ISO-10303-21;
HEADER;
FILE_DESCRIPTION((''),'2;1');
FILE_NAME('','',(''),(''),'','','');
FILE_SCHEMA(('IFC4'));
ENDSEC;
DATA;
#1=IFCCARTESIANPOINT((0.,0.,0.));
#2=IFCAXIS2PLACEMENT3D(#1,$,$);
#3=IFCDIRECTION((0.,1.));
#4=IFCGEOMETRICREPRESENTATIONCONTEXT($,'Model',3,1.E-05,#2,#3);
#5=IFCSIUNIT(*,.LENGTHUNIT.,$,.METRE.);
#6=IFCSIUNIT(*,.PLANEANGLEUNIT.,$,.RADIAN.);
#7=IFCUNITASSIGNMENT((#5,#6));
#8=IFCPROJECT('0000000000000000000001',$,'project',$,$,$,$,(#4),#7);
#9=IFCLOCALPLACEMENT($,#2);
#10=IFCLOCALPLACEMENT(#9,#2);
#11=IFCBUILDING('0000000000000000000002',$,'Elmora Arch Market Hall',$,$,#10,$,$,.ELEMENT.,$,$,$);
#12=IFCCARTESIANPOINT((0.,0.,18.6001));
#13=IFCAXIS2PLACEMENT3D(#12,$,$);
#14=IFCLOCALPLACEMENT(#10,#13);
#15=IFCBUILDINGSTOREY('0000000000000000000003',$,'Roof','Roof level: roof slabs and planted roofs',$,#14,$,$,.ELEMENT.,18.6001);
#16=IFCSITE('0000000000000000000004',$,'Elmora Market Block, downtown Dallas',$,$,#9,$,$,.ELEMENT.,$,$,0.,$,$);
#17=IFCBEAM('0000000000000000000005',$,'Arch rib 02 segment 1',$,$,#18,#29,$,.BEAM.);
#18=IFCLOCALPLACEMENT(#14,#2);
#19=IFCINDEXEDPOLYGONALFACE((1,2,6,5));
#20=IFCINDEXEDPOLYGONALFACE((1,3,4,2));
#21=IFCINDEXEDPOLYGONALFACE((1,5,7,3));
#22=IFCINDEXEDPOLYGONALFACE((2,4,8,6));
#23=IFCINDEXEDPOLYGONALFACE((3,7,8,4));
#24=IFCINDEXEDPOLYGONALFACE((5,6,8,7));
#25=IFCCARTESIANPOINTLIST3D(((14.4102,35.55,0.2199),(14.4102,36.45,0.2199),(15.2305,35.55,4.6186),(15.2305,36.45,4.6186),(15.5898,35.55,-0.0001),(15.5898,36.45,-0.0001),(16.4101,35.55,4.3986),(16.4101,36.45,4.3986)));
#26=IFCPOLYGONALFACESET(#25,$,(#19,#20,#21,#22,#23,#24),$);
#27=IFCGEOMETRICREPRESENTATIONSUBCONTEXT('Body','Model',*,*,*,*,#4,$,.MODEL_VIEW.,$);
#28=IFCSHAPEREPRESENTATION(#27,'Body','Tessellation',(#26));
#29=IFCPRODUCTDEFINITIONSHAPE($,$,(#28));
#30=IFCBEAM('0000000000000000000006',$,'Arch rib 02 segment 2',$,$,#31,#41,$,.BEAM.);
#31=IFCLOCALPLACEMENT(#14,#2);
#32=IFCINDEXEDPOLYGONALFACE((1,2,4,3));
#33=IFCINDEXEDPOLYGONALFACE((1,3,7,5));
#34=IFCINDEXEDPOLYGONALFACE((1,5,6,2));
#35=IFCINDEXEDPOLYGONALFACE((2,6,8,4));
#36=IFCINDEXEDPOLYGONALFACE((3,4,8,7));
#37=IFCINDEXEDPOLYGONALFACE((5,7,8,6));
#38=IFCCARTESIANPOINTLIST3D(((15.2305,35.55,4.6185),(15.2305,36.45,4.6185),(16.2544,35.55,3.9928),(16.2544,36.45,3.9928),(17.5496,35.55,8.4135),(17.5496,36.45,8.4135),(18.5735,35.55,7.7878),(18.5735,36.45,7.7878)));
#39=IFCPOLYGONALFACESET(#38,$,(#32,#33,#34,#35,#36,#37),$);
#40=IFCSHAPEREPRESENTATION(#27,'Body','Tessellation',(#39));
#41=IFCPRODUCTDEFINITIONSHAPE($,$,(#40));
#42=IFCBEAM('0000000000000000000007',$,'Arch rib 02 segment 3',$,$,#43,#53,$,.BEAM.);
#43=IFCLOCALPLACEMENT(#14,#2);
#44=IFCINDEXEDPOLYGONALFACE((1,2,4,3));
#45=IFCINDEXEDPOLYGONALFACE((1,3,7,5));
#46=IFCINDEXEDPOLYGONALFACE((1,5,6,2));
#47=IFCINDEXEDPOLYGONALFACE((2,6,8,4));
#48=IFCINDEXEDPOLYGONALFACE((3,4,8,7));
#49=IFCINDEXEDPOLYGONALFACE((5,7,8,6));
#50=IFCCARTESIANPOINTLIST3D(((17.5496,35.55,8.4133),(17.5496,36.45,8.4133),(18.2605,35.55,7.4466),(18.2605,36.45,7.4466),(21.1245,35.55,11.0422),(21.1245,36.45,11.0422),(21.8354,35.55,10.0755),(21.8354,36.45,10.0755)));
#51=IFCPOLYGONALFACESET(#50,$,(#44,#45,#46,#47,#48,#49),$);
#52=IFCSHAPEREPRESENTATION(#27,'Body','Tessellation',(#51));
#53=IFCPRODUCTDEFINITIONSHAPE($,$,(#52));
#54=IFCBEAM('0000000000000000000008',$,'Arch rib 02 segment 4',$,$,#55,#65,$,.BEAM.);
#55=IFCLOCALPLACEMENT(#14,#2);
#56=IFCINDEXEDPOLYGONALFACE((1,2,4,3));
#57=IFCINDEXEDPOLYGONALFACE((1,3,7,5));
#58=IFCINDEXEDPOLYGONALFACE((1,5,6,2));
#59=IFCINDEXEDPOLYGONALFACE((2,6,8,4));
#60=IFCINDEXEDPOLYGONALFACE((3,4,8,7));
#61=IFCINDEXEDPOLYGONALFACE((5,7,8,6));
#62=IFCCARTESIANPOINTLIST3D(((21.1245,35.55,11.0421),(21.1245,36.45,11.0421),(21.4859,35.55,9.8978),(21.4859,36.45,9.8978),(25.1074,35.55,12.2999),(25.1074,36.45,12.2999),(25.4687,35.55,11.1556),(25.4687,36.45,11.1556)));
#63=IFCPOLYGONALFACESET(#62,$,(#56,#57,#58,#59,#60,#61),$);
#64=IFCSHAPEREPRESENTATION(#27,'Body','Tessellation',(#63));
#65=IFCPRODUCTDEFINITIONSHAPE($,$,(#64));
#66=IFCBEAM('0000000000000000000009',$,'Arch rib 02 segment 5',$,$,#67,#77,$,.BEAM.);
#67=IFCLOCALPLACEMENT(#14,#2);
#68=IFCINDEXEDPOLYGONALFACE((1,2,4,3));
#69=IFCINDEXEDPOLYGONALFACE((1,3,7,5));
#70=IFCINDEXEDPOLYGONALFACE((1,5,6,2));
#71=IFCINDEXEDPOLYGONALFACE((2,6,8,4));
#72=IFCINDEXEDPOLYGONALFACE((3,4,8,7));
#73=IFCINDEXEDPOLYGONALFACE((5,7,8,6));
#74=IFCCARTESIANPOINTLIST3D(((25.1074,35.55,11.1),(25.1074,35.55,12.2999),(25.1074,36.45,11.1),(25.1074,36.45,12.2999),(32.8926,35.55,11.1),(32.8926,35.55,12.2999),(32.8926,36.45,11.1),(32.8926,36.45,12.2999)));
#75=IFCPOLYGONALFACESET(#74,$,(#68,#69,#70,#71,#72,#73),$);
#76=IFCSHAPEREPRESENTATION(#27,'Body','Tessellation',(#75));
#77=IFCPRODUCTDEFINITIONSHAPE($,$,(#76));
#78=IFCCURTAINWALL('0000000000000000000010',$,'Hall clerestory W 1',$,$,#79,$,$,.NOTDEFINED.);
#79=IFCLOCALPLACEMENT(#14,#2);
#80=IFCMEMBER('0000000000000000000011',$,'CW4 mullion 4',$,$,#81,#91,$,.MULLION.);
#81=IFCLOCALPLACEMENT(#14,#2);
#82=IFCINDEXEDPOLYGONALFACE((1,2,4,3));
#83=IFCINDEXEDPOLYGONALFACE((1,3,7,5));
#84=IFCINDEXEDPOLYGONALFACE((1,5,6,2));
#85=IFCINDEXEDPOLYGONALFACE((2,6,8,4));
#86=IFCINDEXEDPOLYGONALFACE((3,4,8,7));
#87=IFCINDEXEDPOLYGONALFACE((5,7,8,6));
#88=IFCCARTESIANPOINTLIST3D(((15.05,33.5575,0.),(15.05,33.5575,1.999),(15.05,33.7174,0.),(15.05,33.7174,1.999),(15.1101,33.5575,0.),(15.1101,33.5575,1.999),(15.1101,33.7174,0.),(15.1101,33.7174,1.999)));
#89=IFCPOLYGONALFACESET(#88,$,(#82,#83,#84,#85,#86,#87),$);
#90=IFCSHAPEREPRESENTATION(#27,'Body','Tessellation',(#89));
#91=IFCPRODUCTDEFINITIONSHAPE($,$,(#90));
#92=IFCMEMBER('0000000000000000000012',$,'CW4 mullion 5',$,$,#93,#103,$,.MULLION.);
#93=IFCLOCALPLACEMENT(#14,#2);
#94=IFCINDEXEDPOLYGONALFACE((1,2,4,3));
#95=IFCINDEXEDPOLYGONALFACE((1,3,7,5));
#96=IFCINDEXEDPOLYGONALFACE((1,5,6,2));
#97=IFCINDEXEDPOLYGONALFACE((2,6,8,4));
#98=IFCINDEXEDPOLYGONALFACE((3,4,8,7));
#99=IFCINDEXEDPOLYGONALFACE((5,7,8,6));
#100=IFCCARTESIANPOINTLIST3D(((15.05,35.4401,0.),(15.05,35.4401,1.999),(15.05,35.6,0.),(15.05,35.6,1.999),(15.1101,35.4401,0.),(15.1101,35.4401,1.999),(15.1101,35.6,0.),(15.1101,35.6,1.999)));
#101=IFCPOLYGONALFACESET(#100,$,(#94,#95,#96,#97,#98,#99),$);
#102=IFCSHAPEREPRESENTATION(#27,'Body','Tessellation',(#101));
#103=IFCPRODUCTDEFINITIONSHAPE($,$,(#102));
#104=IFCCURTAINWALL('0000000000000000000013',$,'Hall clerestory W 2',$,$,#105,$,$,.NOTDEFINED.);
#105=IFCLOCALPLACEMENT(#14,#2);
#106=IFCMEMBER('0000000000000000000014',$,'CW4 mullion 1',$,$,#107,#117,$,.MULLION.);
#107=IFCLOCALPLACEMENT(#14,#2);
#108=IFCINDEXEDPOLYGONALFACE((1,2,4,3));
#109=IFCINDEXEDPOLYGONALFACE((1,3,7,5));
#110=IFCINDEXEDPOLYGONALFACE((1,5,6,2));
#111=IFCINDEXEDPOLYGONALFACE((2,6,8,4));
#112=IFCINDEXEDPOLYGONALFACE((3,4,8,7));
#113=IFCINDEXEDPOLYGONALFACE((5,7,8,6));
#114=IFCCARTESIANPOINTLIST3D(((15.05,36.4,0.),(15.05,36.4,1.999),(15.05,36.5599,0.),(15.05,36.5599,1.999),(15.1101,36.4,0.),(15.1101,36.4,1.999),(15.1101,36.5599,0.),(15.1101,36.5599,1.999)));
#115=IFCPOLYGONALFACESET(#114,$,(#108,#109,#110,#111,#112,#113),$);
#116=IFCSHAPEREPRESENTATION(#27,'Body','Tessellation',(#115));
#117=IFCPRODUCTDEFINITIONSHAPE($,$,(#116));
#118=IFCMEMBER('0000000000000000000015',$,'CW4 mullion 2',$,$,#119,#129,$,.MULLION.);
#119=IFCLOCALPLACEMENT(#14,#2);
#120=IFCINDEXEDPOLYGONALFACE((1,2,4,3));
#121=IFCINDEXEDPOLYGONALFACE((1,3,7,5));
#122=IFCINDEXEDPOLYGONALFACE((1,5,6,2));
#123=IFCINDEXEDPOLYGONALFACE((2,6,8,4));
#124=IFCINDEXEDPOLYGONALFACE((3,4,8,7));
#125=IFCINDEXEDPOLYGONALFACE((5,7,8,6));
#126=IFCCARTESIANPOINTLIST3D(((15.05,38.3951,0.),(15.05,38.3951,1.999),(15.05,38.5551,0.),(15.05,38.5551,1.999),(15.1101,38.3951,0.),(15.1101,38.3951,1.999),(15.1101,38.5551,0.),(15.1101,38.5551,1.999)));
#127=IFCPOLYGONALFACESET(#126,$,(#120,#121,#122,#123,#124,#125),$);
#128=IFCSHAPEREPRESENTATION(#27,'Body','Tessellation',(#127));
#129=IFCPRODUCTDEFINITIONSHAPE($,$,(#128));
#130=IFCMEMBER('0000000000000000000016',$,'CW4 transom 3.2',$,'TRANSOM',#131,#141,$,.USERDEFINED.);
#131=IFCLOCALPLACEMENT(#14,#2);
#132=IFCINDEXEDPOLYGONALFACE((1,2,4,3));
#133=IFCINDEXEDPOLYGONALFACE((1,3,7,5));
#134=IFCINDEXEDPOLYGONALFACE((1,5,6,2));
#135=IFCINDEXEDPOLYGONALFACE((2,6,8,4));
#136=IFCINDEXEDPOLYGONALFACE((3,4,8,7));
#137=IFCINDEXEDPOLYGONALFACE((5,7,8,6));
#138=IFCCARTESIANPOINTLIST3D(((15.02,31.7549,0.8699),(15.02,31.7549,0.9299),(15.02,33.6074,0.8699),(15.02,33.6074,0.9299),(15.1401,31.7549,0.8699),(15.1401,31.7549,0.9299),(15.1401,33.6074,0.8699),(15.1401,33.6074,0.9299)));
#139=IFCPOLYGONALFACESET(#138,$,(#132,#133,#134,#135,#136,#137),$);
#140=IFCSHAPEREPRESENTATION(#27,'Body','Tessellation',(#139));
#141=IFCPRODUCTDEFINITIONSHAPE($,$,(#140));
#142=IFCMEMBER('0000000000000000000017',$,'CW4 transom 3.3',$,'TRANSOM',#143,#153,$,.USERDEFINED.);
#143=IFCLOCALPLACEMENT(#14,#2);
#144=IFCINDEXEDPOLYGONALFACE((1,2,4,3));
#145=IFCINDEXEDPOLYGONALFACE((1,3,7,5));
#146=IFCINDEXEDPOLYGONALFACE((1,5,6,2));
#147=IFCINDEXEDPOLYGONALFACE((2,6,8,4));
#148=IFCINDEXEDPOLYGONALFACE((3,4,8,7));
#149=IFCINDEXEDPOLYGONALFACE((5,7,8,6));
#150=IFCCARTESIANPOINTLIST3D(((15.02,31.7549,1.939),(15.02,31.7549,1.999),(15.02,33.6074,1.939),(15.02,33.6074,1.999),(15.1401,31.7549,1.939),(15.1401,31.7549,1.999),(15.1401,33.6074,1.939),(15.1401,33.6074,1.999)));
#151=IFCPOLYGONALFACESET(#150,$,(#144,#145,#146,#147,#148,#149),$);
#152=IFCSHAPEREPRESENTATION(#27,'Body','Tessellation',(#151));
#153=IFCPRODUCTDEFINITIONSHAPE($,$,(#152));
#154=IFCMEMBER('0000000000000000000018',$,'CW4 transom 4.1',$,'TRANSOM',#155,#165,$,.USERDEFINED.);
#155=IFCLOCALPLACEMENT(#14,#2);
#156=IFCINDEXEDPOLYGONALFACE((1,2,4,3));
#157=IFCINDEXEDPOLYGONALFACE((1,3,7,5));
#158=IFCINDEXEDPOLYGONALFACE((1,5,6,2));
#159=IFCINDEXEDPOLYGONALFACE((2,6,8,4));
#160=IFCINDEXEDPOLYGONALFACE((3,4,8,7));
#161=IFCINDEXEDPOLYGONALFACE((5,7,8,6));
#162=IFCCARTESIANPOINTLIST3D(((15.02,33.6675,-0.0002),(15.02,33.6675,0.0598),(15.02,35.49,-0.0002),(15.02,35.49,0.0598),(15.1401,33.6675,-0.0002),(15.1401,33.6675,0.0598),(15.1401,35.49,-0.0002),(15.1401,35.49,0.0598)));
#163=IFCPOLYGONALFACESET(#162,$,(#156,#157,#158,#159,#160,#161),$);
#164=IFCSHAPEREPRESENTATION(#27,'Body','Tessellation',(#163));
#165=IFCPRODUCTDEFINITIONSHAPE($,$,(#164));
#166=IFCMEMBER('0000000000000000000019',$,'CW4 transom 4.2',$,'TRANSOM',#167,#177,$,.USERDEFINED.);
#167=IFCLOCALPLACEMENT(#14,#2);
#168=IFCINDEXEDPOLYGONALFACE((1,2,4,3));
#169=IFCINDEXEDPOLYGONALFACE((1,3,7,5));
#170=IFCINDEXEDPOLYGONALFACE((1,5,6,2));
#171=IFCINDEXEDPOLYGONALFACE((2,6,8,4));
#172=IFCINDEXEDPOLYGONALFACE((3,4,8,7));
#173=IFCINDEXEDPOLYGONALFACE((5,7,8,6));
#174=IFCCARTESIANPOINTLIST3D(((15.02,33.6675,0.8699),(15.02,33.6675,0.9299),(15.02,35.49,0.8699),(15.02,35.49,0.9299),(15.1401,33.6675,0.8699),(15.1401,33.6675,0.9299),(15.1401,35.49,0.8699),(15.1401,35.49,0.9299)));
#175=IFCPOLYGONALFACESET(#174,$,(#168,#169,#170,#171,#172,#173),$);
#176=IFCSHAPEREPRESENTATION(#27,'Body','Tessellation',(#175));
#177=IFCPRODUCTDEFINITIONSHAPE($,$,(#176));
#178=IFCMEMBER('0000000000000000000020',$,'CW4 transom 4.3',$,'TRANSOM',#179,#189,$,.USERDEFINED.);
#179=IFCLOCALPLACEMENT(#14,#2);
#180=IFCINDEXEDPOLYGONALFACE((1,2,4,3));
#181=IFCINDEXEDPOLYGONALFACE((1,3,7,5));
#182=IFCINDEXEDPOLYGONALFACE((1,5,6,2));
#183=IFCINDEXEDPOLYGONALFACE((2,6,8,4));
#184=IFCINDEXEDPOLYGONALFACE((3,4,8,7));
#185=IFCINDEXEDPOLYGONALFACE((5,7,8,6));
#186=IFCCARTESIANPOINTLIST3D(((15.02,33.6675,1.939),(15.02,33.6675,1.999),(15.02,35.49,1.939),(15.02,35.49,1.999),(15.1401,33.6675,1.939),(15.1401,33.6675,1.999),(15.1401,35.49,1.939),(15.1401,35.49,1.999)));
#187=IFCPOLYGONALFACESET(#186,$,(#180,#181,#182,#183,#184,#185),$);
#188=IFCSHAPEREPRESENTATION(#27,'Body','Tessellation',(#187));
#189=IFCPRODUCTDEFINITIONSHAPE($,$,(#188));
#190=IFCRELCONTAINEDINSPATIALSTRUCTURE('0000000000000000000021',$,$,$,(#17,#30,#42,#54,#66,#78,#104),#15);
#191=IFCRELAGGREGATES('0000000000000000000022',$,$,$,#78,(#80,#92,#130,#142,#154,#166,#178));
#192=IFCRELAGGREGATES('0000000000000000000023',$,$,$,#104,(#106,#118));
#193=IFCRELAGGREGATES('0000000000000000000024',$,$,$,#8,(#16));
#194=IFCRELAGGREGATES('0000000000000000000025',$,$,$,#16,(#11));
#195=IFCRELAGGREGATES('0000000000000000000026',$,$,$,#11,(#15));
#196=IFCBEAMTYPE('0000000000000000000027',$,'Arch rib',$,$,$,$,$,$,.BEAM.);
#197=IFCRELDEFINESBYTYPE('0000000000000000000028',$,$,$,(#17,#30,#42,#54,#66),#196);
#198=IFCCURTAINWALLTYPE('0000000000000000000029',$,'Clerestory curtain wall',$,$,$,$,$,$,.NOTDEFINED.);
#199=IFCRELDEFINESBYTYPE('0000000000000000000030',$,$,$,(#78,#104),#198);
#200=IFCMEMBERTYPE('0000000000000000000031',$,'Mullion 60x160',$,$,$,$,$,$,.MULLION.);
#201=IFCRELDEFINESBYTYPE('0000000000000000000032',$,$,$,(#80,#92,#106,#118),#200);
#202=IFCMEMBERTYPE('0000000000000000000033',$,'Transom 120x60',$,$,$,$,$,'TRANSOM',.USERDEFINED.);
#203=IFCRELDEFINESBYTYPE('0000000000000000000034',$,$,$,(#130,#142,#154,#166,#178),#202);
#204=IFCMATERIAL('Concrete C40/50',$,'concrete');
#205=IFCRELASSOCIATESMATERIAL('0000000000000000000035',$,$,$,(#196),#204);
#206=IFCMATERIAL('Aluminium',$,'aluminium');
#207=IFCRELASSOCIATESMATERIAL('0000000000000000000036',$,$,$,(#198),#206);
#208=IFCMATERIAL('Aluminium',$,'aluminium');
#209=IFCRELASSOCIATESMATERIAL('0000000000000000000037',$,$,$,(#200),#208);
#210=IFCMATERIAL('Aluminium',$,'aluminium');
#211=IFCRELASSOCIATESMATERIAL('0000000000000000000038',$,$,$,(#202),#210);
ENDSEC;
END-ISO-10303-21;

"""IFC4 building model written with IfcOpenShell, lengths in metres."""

from ifc_helpers import new_model, si_unit, direction, frame, origin, origin_2d, place, context, subcontext, project, spatial, rectangle, extrude, material, material_profile, profile_set, type_object, element, aggregate, save


model = new_model("IFC4")

# Units and contexts
model_context = context("Model", 3, precision=1e-05, world=origin(), true_north=direction((0.0, 1.0)))
body_context = subcontext(model_context, "Body", "Model", "MODEL_VIEW")
ifc_project = project(units=[si_unit("LENGTHUNIT", "METRE"), si_unit("PLANEANGLEUNIT", "RADIAN")], contexts=[model_context])

# Site, building, storey
site_placement = place(None, origin())
site = spatial("IfcSite", under=ifc_project, at=site_placement, Name="Elmora Market Block, downtown Dallas", CompositionType="ELEMENT", RefElevation=0.0)
building_placement = place(site_placement, origin())
building = spatial("IfcBuilding", under=site, at=building_placement, Name="Elmora Arch Market Hall", CompositionType="ELEMENT")
storey_placement = place(building_placement, frame((0.0, 0.0, 18.6001)))
storey = spatial("IfcBuildingStorey", under=building, at=storey_placement, Name="Roof", Description="Roof level: roof slabs and planted roofs", CompositionType="ELEMENT", Elevation=18.6001)

# Beams
ifc_material_1 = material(Name="Concrete C40/50", Category="concrete")
ifc_material_profile_1 = material_profile(ifc_material_1, rectangle(XDim=0.8999, YDim=1.2, at=origin_2d()), Name="Arch rib")
ifc_profile_set_1 = profile_set([ifc_material_profile_1], Name="Concrete C40/50")
beam_type = type_object("IfcBeamType", Name="Arch rib", PredefinedType="BEAM", material=ifc_profile_set_1)
beam_1_placement = place(storey_placement, frame((15.0, 36.0, 0.1099), z_axis=(0.18333, 0.0, 0.983051), x_axis=(0.0, 1.0, 0.0)))
element("IfcBeam", 1, at=beam_1_placement, inside=storey, type_object=beam_type, Name="Arch rib 02 segment 1", PredefinedType="BEAM", context=body_context, shape_type="SweptSolid", body=[
    extrude(rectangle(XDim=0.8999, YDim=1.2, at=origin_2d()), origin(), (0.0, 0.0, 1.0), 4.4746),
])
beam_2_placement = place(storey_placement, frame((15.7424, 36.0, 4.3057), z_axis=(0.521446, 0.0, 0.853285), x_axis=(0.0, 1.0, 0.0)))
element("IfcBeam", 2, at=beam_2_placement, inside=storey, type_object=beam_type, Name="Arch rib 02 segment 2", PredefinedType="BEAM", context=body_context, shape_type="SweptSolid", body=[
    extrude(rectangle(XDim=0.8999, YDim=1.2, at=origin_2d()), origin(), (0.0, 0.0, 1.0), 4.4475),
])
beam_3_placement = place(storey_placement, frame((17.905, 36.0, 7.9299), z_axis=(0.805622, 0.0, 0.592429), x_axis=(0.0, 1.0, 0.0)))
element("IfcBeam", 3, at=beam_3_placement, inside=storey, type_object=beam_type, Name="Arch rib 02 segment 3", PredefinedType="BEAM", context=body_context, shape_type="SweptSolid", body=[
    extrude(rectangle(XDim=0.8999, YDim=1.2, at=origin_2d()), origin(), (0.0, 0.0, 1.0), 4.4375),
])
beam_4_placement = place(storey_placement, frame((21.3052, 36.0, 10.47), z_axis=(0.953579, 0.0, 0.301143), x_axis=(0.0, 1.0, 0.0)))
element("IfcBeam", 4, at=beam_4_placement, inside=storey, type_object=beam_type, Name="Arch rib 02 segment 4", PredefinedType="BEAM", context=body_context, shape_type="SweptSolid", body=[
    extrude(rectangle(XDim=0.8999, YDim=1.2, at=origin_2d()), origin(), (0.0, 0.0, 1.0), 4.1768),
])
beam_5_placement = place(storey_placement, frame((25.1074, 36.0, 11.7), z_axis=(1.0, 0.0, 0.0), x_axis=(0.0, 1.0, 0.0)))
element("IfcBeam", 5, at=beam_5_placement, inside=storey, type_object=beam_type, Name="Arch rib 02 segment 5", PredefinedType="BEAM", context=body_context, shape_type="SweptSolid", body=[
    extrude(rectangle(XDim=0.8999, YDim=1.2, at=origin_2d()), origin(), (0.0, 0.0, 1.0), 7.7852),
])

# Curtain walls, members
ifc_material_2 = material(Name="Aluminium", Category="aluminium")
curtain_wall_type = type_object("IfcCurtainWallType", Name="Clerestory curtain wall", PredefinedType="NOTDEFINED", material=ifc_material_2)
curtain_wall_1_placement = place(storey_placement, origin())
curtain_wall_1 = element("IfcCurtainWall", 6, at=curtain_wall_1_placement, inside=storey, type_object=curtain_wall_type, Name="Hall clerestory W 1", PredefinedType="NOTDEFINED")
ifc_material_3 = material(Name="Aluminium", Category="aluminium")
ifc_material_profile_2 = material_profile(ifc_material_3, rectangle(XDim=0.0601, YDim=0.1599, at=origin_2d()), Name="AL 60x160")
ifc_profile_set_2 = profile_set([ifc_material_profile_2], Name="Aluminium")
member_type_1 = type_object("IfcMemberType", Name="Mullion 60x160", PredefinedType="MULLION", material=ifc_profile_set_2)
member_1_placement = place(storey_placement, frame((15.0801, 33.6375, 0.0), z_axis=(0.0, 0.0, 1.0), x_axis=(-1.0, 0.0, 0.0)))
member_1 = element("IfcMember", 7, at=member_1_placement, type_object=member_type_1, Name="CW4 mullion 4", PredefinedType="MULLION", context=body_context, shape_type="SweptSolid", body=[
    extrude(rectangle(XDim=0.0601, YDim=0.1599, at=origin_2d()), origin(), (0.0, 0.0, 1.0), 1.999),
])
member_2_placement = place(storey_placement, frame((15.0801, 35.52, 0.0), z_axis=(0.0, 0.0, 1.0), x_axis=(-1.0, 0.0, 0.0)))
member_2 = element("IfcMember", 8, at=member_2_placement, type_object=member_type_1, Name="CW4 mullion 5", PredefinedType="MULLION", context=body_context, shape_type="SweptSolid", body=[
    extrude(rectangle(XDim=0.0601, YDim=0.1599, at=origin_2d()), origin(), (0.0, 0.0, 1.0), 1.999),
])
curtain_wall_2_placement = place(storey_placement, origin())
curtain_wall_2 = element("IfcCurtainWall", 9, at=curtain_wall_2_placement, inside=storey, type_object=curtain_wall_type, Name="Hall clerestory W 2", PredefinedType="NOTDEFINED")
member_3_placement = place(storey_placement, frame((15.0801, 36.48, 0.0), z_axis=(0.0, 0.0, 1.0), x_axis=(-1.0, 0.0, 0.0)))
member_3 = element("IfcMember", 10, at=member_3_placement, type_object=member_type_1, Name="CW4 mullion 1", PredefinedType="MULLION", context=body_context, shape_type="SweptSolid", body=[
    extrude(rectangle(XDim=0.0601, YDim=0.1599, at=origin_2d()), origin(), (0.0, 0.0, 1.0), 1.999),
])
member_4_placement = place(storey_placement, frame((15.0801, 38.4751, 0.0), z_axis=(0.0, 0.0, 1.0), x_axis=(-1.0, 0.0, 0.0)))
member_4 = element("IfcMember", 11, at=member_4_placement, type_object=member_type_1, Name="CW4 mullion 2", PredefinedType="MULLION", context=body_context, shape_type="SweptSolid", body=[
    extrude(rectangle(XDim=0.0601, YDim=0.1599, at=origin_2d()), origin(), (0.0, 0.0, 1.0), 1.999),
])

# Members
ifc_material_4 = material(Name="Aluminium", Category="aluminium")
ifc_material_profile_3 = material_profile(ifc_material_4, rectangle(XDim=0.1201, YDim=0.0601, at=origin_2d()), Name="AL 120x60")
ifc_profile_set_3 = profile_set([ifc_material_profile_3], Name="Aluminium")
member_type_2 = type_object("IfcMemberType", Name="Transom 120x60", ElementType="TRANSOM", PredefinedType="USERDEFINED", material=ifc_profile_set_3)
member_5_placement = place(storey_placement, frame((15.0801, 31.7549, 0.8999), z_axis=(0.0, 1.0, 0.0), x_axis=(-1.0, 0.0, 0.0)))
member_5 = element("IfcMember", 12, at=member_5_placement, type_object=member_type_2, Name="CW4 transom 3.2", ObjectType="TRANSOM", PredefinedType="USERDEFINED", context=body_context, shape_type="SweptSolid", body=[
    extrude(rectangle(XDim=0.1201, YDim=0.0601, at=origin_2d()), origin(), (0.0, 0.0, 1.0), 1.8525),
])
member_6_placement = place(storey_placement, frame((15.0801, 31.7549, 1.969), z_axis=(0.0, 1.0, 0.0), x_axis=(-1.0, 0.0, 0.0)))
member_6 = element("IfcMember", 13, at=member_6_placement, type_object=member_type_2, Name="CW4 transom 3.3", ObjectType="TRANSOM", PredefinedType="USERDEFINED", context=body_context, shape_type="SweptSolid", body=[
    extrude(rectangle(XDim=0.1201, YDim=0.0601, at=origin_2d()), origin(), (0.0, 0.0, 1.0), 1.8525),
])
member_7_placement = place(storey_placement, frame((15.0801, 33.6675, 0.0298), z_axis=(0.0, 1.0, 0.0), x_axis=(-1.0, 0.0, 0.0)))
member_7 = element("IfcMember", 14, at=member_7_placement, type_object=member_type_2, Name="CW4 transom 4.1", ObjectType="TRANSOM", PredefinedType="USERDEFINED", context=body_context, shape_type="SweptSolid", body=[
    extrude(rectangle(XDim=0.1201, YDim=0.0601, at=origin_2d()), origin(), (0.0, 0.0, 1.0), 1.8225),
])
member_8_placement = place(storey_placement, frame((15.0801, 33.6675, 0.8999), z_axis=(0.0, 1.0, 0.0), x_axis=(-1.0, 0.0, 0.0)))
member_8 = element("IfcMember", 15, at=member_8_placement, type_object=member_type_2, Name="CW4 transom 4.2", ObjectType="TRANSOM", PredefinedType="USERDEFINED", context=body_context, shape_type="SweptSolid", body=[
    extrude(rectangle(XDim=0.1201, YDim=0.0601, at=origin_2d()), origin(), (0.0, 0.0, 1.0), 1.8225),
])
member_9_placement = place(storey_placement, frame((15.0801, 33.6675, 1.969), z_axis=(0.0, 1.0, 0.0), x_axis=(-1.0, 0.0, 0.0)))
member_9 = element("IfcMember", 16, at=member_9_placement, type_object=member_type_2, Name="CW4 transom 4.3", ObjectType="TRANSOM", PredefinedType="USERDEFINED", context=body_context, shape_type="SweptSolid", body=[
    extrude(rectangle(XDim=0.1201, YDim=0.0601, at=origin_2d()), origin(), (0.0, 0.0, 1.0), 1.8225),
])

aggregate(curtain_wall_1, [member_1, member_2, member_5, member_6, member_7, member_8, member_9])
aggregate(curtain_wall_2, [member_3, member_4])

save(model, "model.ifc")
